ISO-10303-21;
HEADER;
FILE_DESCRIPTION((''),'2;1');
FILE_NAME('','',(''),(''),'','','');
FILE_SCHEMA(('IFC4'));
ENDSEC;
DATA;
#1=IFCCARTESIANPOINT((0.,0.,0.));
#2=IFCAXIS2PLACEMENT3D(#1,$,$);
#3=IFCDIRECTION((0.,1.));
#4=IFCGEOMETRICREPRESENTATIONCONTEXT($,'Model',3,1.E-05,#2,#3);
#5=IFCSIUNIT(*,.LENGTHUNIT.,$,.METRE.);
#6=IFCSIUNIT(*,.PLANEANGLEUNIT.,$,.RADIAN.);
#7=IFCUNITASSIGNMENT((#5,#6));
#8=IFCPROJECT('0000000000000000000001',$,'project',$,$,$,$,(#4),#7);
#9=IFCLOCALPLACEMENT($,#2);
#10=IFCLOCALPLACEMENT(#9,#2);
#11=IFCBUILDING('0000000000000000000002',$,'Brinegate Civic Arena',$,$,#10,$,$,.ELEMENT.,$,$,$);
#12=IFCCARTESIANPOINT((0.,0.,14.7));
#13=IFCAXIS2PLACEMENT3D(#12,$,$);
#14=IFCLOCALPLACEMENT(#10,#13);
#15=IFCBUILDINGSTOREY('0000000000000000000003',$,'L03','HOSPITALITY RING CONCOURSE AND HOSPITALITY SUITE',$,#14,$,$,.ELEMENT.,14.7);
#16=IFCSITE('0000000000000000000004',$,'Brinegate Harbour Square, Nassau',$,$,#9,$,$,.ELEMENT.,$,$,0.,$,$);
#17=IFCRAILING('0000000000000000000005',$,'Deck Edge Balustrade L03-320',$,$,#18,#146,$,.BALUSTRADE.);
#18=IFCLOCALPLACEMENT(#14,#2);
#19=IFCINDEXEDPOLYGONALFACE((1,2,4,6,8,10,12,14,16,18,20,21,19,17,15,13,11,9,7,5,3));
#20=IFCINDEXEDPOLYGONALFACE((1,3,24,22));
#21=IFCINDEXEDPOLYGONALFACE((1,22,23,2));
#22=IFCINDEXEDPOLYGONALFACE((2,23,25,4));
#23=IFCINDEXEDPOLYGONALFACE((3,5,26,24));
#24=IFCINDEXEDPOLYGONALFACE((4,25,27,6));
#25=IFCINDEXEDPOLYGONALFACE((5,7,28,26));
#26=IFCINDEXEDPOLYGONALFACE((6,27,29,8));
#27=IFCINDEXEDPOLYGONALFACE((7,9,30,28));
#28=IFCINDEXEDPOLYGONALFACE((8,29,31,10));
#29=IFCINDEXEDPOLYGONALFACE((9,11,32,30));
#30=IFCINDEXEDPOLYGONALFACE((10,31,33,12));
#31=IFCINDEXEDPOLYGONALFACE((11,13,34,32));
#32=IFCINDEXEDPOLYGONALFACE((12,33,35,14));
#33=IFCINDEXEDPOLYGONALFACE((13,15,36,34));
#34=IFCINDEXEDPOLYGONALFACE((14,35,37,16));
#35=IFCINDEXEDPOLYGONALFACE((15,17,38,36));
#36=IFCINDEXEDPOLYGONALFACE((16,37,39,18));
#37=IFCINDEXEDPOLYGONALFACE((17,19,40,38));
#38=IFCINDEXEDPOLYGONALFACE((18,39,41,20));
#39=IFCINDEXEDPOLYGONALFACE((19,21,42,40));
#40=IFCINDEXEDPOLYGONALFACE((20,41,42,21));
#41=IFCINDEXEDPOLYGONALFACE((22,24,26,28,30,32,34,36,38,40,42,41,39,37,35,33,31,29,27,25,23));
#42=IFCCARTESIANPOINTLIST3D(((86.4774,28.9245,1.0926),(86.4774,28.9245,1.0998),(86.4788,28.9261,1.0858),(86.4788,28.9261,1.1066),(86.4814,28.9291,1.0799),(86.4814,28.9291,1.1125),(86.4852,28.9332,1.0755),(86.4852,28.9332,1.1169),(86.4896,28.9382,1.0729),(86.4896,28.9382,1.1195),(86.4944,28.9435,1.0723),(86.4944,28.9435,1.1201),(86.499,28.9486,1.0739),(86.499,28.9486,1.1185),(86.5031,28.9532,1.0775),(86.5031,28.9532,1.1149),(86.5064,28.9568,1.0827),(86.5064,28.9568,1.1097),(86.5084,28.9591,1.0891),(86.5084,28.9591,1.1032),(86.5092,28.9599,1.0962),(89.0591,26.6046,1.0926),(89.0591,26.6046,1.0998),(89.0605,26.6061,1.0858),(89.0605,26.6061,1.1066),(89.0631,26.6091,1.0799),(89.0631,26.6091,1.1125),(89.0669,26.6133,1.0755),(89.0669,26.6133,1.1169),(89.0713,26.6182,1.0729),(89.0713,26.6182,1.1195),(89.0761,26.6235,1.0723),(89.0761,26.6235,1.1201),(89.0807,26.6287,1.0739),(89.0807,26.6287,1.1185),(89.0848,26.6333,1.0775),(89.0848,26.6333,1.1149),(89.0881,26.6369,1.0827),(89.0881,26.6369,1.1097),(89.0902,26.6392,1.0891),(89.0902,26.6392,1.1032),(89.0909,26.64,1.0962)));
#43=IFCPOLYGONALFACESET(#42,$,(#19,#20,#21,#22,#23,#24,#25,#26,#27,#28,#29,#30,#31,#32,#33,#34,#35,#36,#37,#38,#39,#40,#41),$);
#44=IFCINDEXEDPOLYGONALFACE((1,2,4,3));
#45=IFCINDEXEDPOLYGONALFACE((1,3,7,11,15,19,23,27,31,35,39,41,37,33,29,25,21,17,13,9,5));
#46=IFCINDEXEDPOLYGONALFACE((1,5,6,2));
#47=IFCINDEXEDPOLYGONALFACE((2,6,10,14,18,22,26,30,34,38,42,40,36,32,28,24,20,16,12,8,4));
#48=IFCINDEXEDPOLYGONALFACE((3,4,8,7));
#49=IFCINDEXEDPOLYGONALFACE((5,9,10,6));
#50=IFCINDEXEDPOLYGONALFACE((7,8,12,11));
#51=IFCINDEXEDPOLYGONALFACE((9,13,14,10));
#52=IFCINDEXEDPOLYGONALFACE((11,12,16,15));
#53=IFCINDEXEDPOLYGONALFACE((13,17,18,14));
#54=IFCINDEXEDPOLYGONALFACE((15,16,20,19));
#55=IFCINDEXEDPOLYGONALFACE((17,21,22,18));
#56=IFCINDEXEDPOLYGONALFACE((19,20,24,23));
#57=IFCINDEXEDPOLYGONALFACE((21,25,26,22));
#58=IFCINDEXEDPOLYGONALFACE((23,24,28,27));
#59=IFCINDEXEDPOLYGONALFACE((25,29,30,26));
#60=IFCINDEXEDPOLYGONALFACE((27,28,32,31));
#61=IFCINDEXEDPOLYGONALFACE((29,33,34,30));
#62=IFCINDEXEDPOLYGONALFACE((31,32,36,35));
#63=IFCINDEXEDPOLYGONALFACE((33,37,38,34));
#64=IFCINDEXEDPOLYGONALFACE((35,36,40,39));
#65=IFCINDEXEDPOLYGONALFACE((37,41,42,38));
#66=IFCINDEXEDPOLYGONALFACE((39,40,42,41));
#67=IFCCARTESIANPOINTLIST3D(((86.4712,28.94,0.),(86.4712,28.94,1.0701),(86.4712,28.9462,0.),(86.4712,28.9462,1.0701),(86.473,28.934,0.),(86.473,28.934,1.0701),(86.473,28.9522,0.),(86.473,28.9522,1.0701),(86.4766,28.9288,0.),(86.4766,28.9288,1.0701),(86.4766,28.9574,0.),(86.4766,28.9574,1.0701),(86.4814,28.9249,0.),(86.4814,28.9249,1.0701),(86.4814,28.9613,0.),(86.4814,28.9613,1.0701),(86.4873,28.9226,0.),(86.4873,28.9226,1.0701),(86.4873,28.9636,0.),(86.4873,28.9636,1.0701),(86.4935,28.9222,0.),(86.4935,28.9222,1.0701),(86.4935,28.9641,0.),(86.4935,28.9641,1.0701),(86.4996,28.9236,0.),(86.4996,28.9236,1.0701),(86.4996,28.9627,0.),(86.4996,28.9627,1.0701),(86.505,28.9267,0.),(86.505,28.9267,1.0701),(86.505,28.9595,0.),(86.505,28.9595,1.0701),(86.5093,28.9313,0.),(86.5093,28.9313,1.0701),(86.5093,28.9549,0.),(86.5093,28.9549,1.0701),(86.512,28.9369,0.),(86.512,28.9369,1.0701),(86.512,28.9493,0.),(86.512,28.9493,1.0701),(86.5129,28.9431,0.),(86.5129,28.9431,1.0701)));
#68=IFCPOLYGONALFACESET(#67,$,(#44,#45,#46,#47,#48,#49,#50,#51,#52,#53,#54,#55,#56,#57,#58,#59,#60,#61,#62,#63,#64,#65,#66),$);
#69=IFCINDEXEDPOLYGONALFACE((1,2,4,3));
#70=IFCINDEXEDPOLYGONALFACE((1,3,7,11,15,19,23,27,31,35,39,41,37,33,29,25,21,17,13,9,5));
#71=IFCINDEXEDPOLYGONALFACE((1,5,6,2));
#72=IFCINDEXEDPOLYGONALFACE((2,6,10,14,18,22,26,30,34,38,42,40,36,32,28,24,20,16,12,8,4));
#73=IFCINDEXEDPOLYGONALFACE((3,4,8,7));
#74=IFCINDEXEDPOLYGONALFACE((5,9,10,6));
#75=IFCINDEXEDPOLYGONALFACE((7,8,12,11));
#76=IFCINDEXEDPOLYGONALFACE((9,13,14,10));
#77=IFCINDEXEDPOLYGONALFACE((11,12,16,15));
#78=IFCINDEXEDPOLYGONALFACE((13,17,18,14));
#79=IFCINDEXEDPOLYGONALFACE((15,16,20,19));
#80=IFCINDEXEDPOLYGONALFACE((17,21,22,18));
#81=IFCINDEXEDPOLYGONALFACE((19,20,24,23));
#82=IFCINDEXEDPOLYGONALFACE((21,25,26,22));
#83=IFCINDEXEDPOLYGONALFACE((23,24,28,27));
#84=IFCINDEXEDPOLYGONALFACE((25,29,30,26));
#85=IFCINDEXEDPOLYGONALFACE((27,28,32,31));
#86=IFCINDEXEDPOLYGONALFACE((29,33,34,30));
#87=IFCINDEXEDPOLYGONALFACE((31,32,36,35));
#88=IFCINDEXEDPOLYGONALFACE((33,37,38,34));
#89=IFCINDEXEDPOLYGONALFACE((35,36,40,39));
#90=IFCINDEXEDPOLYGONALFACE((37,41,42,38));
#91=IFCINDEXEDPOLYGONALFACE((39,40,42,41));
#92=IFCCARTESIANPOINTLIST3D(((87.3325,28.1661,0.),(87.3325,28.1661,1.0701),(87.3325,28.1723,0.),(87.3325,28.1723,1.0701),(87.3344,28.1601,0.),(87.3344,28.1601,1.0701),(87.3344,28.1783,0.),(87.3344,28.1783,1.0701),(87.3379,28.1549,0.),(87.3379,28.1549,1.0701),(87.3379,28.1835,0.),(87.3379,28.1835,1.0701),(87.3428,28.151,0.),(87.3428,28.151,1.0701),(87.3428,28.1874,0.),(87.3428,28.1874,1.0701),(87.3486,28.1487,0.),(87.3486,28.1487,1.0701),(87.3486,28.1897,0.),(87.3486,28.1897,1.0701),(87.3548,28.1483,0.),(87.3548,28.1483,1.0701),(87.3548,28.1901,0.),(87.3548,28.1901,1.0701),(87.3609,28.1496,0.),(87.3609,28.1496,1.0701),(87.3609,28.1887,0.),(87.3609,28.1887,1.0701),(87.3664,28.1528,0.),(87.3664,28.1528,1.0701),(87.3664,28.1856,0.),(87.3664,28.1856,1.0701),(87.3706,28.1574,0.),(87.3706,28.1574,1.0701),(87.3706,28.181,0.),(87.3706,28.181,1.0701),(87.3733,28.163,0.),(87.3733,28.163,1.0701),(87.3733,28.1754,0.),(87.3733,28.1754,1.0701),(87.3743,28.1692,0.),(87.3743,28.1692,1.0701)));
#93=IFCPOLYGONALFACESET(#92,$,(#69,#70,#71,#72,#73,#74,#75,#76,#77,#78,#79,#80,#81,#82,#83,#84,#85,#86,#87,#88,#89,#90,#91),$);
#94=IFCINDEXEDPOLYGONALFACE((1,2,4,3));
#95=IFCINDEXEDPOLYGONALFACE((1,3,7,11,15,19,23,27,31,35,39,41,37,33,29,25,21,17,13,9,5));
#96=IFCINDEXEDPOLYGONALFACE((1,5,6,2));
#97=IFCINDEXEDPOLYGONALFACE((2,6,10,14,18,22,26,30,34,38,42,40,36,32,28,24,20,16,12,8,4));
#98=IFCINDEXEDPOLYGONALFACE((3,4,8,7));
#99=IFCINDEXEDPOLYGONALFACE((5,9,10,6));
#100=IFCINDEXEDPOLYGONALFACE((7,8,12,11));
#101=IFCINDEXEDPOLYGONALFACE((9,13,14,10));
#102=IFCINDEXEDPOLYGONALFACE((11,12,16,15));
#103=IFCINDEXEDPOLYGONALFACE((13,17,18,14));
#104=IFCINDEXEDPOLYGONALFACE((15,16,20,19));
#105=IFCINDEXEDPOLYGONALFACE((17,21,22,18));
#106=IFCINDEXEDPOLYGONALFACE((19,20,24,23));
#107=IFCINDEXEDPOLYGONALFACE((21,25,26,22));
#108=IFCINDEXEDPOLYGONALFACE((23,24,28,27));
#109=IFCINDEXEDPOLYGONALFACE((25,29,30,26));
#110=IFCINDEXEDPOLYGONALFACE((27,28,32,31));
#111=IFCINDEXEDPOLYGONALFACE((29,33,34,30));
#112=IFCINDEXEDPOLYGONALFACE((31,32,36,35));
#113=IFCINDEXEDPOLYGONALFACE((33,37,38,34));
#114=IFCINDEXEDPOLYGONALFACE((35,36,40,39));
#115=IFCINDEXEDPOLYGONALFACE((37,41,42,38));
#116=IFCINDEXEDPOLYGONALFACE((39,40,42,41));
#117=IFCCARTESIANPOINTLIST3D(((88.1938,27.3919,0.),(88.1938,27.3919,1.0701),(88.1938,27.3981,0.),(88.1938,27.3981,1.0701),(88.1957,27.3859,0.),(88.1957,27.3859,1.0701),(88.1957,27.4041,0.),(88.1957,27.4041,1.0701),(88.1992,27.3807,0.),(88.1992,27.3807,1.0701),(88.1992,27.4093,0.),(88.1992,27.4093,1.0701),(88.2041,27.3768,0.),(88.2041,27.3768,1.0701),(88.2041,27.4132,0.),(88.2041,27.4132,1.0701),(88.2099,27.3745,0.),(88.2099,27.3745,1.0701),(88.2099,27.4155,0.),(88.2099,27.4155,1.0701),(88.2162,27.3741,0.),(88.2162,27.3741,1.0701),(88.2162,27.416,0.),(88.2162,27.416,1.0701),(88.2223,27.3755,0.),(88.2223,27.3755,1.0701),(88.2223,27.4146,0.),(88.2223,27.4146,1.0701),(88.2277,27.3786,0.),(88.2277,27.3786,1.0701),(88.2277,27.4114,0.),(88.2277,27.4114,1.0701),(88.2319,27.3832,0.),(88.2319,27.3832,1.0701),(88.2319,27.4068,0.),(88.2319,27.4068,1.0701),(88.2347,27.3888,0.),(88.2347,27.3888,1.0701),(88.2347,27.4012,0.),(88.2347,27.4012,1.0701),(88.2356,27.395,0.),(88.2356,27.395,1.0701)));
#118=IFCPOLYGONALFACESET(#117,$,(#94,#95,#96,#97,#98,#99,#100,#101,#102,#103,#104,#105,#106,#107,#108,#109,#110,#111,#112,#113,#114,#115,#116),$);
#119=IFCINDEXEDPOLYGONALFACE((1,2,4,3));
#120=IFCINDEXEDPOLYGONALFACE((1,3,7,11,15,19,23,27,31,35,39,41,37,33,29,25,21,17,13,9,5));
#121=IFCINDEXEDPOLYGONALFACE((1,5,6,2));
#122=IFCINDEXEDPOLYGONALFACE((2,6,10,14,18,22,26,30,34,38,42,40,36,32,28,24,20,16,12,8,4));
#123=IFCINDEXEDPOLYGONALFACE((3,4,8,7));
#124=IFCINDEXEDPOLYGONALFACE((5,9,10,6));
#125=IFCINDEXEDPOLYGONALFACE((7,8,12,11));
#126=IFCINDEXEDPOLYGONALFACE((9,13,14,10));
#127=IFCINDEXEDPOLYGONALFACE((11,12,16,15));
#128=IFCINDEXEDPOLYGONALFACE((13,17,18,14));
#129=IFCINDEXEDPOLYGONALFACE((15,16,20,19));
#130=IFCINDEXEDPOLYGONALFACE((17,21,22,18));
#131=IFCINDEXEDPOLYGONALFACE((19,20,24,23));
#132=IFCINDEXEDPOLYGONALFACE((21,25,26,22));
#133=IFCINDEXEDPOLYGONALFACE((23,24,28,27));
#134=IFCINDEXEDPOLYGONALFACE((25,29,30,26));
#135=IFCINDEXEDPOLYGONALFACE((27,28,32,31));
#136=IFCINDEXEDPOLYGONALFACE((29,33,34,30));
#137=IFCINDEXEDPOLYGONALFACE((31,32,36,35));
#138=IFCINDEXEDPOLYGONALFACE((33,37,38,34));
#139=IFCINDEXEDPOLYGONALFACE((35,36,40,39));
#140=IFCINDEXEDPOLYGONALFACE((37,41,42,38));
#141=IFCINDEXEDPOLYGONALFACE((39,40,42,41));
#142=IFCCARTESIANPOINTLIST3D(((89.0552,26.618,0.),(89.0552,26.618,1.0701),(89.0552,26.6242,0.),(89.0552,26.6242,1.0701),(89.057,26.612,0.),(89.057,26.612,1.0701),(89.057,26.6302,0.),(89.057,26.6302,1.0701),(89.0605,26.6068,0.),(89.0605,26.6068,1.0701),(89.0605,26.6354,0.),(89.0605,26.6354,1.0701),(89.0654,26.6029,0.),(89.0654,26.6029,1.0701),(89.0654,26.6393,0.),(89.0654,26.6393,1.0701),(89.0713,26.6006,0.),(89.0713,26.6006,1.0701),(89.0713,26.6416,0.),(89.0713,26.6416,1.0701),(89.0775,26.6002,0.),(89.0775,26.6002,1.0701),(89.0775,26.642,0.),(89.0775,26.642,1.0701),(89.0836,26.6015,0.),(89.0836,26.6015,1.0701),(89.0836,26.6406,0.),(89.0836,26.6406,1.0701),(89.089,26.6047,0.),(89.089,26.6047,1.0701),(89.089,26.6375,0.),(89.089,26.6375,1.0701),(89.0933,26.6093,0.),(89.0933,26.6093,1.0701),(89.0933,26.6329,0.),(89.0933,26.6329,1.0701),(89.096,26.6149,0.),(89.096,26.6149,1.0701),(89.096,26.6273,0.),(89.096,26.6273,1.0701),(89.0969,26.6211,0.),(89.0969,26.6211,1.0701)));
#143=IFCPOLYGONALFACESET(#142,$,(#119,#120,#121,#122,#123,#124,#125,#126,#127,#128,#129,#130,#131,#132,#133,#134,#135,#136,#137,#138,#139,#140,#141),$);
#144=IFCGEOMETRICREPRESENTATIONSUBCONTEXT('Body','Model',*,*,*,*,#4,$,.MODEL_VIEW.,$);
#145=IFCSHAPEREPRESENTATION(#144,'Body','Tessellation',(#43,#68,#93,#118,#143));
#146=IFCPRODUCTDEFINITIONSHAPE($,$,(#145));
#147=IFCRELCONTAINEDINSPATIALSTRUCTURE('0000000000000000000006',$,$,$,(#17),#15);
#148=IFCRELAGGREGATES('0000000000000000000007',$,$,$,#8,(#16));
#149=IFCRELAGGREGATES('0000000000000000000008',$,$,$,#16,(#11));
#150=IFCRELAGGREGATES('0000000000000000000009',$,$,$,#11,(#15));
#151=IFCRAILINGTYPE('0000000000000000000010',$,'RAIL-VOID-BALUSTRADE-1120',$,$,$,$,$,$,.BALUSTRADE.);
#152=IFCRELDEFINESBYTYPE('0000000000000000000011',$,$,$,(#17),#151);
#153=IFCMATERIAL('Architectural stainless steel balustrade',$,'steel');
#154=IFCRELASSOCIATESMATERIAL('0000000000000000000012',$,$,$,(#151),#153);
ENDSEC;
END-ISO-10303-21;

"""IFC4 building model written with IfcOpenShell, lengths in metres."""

from ifc_helpers import new_model, si_unit, direction, frame, origin, origin_2d, place, context, subcontext, project, spatial, circle, extrude, material, type_object, element, save


model = new_model("IFC4")

# Units and contexts
model_context = context("Model", 3, precision=1e-05, world=origin(), true_north=direction((0.0, 1.0)))
body_context = subcontext(model_context, "Body", "Model", "MODEL_VIEW")
ifc_project = project(units=[si_unit("LENGTHUNIT", "METRE"), si_unit("PLANEANGLEUNIT", "RADIAN")], contexts=[model_context])

# Site, building, storey
site_placement = place(None, origin())
site = spatial("IfcSite", under=ifc_project, at=site_placement, Name="Brinegate Harbour Square, Nassau", CompositionType="ELEMENT", RefElevation=0.0)
building_placement = place(site_placement, origin())
building = spatial("IfcBuilding", under=site, at=building_placement, Name="Brinegate Civic Arena", CompositionType="ELEMENT")
storey_placement = place(building_placement, frame((0.0, 0.0, 14.7)))
storey = spatial("IfcBuildingStorey", under=building, at=storey_placement, Name="L03", Description="HOSPITALITY RING CONCOURSE AND HOSPITALITY SUITE", CompositionType="ELEMENT", Elevation=14.7)

# Shared definitions
ifc_material_1 = material(Name="Architectural stainless steel balustrade", Category="steel")

# Railing
railing_type = type_object("IfcRailingType", Name="RAIL-VOID-BALUSTRADE-1120", PredefinedType="BALUSTRADE", material=ifc_material_1)
railing_1_placement = place(storey_placement, frame((86.4919, 28.9431, 0.0)))
element("IfcRailing", 1, at=railing_1_placement, inside=storey, type_object=railing_type, Name="Deck Edge Balustrade L03-320", PredefinedType="BALUSTRADE", context=body_context, shape_type="SweptSolid", body=[
    extrude(circle(Radius=0.0239, at=origin_2d()), frame((0.0012, -0.001, 1.0962), z_axis=(0.743804, -0.668398, 0.0), x_axis=(0.668398, 0.743804, 0.0)), (0.0, 0.0, 1.0), 3.4709),
    extrude(circle(Radius=0.021, at=origin_2d()), origin(), (0.0, 0.0, 1.0), 1.0701),
    extrude(circle(Radius=0.021, at=origin_2d()), frame((0.8613, -0.7739, 0.0)), (0.0, 0.0, 1.0), 1.0701),
    extrude(circle(Radius=0.021, at=origin_2d()), frame((1.7227, -1.5481, 0.0)), (0.0, 0.0, 1.0), 1.0701),
    extrude(circle(Radius=0.021, at=origin_2d()), frame((2.584, -2.322, 0.0)), (0.0, 0.0, 1.0), 1.0701),
])

save(model, "model.ifc")
